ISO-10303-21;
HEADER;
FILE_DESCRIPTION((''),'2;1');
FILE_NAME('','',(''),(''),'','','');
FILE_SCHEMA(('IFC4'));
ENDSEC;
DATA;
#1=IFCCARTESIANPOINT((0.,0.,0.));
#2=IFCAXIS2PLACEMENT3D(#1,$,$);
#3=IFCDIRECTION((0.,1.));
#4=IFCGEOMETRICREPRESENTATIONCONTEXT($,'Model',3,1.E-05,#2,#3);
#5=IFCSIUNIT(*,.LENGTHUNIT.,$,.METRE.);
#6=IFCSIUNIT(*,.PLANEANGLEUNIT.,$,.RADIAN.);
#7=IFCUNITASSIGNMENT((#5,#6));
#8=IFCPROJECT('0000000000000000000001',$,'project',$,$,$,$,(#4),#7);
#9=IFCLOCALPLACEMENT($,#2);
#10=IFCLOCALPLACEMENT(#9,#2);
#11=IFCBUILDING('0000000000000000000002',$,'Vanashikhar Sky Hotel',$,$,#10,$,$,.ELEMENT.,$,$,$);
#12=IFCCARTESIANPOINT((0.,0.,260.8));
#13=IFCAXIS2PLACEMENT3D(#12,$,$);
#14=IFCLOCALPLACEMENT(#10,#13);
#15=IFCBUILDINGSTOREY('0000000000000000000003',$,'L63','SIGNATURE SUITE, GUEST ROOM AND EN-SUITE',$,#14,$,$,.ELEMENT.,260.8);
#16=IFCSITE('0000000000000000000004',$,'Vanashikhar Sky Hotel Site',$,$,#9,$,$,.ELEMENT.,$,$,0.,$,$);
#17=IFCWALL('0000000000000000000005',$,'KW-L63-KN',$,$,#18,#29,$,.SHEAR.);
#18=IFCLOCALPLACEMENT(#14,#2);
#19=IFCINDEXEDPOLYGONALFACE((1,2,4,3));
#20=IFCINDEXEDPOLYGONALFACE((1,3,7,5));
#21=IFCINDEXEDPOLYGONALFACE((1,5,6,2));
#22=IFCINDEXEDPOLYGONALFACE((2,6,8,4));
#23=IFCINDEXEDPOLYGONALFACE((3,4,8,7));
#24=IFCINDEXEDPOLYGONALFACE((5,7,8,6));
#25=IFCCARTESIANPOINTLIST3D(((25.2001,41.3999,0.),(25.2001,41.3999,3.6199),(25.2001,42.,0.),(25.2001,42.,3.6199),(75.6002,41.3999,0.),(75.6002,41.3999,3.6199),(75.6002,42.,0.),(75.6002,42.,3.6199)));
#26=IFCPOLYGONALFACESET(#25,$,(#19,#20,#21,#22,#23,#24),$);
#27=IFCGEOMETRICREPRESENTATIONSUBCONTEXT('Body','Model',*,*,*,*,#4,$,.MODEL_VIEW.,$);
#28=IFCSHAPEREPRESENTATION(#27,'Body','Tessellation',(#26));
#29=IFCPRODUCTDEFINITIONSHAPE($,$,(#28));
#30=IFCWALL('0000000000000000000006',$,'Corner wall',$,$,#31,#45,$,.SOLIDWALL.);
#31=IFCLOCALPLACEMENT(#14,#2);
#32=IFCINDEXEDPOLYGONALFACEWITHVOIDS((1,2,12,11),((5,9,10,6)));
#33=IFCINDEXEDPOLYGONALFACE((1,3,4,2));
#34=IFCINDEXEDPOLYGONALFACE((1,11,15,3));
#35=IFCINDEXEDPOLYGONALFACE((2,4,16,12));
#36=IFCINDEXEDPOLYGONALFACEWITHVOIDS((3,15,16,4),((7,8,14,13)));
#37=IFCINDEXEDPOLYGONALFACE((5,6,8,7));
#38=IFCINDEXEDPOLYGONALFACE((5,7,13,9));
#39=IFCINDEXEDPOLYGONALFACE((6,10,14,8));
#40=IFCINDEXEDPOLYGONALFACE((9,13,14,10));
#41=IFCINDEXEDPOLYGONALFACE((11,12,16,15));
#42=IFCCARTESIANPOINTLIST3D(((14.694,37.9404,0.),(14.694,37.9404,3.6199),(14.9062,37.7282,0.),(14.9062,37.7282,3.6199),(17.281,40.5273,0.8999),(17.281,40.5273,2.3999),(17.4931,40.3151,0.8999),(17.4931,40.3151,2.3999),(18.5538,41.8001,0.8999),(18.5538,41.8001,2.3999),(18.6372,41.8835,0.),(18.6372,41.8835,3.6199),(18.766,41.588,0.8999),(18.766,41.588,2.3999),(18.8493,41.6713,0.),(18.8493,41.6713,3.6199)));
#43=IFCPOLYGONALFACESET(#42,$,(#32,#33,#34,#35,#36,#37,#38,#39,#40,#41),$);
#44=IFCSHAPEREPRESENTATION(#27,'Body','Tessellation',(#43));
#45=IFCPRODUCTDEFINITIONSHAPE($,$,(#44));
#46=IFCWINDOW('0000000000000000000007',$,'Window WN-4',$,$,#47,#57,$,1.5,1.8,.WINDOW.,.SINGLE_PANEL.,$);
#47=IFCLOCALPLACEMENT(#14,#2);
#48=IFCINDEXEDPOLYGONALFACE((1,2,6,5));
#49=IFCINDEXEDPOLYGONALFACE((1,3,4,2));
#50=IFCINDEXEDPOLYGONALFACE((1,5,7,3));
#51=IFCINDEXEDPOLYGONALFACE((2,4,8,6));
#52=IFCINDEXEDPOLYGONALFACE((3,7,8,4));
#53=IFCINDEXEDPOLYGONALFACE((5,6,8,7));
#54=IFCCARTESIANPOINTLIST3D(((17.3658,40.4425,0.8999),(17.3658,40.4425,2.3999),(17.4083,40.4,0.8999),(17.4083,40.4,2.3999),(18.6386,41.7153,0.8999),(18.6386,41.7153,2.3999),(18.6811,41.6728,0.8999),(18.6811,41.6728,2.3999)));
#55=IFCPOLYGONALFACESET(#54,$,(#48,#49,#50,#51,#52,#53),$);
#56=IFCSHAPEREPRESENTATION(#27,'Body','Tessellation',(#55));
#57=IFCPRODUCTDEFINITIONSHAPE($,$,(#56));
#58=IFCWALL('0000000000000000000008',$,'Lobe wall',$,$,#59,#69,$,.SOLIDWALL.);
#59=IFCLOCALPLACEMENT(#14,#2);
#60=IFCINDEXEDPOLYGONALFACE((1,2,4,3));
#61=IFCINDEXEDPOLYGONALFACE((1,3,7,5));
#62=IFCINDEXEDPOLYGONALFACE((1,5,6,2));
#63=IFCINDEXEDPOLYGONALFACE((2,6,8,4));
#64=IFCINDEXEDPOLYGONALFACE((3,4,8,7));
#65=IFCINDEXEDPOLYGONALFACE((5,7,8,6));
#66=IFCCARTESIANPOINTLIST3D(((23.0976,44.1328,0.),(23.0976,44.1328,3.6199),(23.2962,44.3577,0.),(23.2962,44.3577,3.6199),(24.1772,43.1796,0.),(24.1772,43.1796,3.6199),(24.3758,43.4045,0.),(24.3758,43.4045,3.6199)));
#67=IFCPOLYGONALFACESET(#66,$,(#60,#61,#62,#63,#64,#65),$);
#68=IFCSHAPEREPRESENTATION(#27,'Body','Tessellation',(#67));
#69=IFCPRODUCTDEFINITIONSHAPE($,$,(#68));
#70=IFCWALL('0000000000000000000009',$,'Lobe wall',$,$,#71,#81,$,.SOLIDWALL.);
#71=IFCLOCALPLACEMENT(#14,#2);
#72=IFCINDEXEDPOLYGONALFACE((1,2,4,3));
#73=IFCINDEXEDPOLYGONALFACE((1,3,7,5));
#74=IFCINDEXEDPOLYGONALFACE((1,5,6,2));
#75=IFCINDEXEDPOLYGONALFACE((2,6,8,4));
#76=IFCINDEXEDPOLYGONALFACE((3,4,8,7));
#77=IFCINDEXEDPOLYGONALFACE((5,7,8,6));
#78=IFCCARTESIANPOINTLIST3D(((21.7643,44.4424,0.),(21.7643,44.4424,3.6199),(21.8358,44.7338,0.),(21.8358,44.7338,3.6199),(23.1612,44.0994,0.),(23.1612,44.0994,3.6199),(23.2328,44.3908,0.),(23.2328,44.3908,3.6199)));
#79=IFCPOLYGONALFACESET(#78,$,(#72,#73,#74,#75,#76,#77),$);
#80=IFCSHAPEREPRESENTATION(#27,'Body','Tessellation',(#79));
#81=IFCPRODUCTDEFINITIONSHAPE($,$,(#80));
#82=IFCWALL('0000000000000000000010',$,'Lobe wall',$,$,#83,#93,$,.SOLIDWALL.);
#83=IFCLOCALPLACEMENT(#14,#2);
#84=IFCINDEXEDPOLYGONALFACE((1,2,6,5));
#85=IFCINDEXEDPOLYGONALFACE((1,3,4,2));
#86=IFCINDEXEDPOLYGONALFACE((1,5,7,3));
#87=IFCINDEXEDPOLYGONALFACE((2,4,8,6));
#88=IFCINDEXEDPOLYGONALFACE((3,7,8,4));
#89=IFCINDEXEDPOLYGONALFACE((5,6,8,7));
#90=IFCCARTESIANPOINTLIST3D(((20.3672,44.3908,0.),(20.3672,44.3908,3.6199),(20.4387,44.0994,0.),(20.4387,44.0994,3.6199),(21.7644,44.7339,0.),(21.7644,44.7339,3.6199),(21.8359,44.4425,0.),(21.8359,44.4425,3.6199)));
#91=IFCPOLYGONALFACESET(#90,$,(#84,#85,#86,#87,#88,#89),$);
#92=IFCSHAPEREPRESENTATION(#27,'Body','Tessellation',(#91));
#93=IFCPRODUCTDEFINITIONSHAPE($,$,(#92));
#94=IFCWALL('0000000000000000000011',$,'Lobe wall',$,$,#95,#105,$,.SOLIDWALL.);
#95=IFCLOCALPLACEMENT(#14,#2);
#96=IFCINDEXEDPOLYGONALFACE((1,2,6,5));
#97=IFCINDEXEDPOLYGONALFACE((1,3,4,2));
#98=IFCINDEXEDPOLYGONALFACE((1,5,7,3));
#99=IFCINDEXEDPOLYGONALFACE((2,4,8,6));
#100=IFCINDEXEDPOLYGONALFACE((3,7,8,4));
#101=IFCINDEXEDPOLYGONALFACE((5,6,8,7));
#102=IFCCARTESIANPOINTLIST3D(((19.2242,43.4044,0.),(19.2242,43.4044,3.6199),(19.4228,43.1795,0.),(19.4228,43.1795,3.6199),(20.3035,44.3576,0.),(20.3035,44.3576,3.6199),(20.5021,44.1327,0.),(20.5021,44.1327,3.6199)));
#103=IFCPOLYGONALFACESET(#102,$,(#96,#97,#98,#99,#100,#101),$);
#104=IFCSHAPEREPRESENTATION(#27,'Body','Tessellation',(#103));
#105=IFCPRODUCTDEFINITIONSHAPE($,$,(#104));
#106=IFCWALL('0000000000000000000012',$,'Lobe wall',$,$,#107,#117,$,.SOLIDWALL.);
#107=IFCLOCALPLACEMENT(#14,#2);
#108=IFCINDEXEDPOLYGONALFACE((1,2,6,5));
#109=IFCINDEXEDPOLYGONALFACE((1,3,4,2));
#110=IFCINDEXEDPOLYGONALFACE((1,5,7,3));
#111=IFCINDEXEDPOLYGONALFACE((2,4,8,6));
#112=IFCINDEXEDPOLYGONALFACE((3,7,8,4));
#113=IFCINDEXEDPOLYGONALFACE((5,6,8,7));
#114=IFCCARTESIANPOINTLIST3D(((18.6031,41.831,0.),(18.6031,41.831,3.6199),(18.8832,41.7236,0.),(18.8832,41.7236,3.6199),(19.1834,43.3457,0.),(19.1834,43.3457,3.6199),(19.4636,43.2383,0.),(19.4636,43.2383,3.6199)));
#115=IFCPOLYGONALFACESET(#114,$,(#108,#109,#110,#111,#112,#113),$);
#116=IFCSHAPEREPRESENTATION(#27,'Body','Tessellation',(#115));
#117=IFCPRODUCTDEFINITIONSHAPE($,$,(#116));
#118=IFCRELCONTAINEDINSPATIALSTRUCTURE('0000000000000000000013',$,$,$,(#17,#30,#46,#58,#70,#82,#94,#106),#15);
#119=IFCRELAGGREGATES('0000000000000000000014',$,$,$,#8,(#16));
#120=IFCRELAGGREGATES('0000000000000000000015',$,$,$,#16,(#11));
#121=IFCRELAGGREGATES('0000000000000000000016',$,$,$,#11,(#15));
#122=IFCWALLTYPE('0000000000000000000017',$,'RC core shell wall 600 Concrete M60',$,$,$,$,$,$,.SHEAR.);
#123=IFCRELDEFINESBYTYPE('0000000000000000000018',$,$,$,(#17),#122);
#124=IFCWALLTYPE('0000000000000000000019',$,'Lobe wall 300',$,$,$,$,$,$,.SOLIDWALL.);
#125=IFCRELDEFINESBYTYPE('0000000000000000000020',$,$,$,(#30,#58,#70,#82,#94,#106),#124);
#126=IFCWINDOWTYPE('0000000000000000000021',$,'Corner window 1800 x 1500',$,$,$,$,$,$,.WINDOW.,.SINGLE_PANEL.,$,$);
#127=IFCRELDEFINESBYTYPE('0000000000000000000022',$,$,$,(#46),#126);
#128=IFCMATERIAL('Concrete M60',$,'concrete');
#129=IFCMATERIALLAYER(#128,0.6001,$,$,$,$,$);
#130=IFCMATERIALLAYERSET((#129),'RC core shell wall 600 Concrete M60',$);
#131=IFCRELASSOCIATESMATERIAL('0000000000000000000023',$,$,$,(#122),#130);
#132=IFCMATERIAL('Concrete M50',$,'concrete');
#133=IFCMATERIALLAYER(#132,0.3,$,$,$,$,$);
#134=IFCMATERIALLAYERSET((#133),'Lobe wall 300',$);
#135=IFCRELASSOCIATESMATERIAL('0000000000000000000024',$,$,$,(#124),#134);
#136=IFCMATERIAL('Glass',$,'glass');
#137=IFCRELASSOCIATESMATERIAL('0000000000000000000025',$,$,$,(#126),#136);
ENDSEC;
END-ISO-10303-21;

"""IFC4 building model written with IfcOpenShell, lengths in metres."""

from ifc_helpers import new_model, si_unit, direction, frame, frame_2d, origin, place, context, subcontext, project, spatial, rectangle, extrude, source, transform, mapped, material, layer, layer_set, type_object, element, fill, save


model = new_model("IFC4")

# Units and contexts
model_context = context("Model", 3, precision=1e-05, world=origin(), true_north=direction((0.0, 1.0)))
body_context = subcontext(model_context, "Body", "Model", "MODEL_VIEW")
ifc_project = project(units=[si_unit("LENGTHUNIT", "METRE"), si_unit("PLANEANGLEUNIT", "RADIAN")], contexts=[model_context])

# Site, building, storey
site_placement = place(None, origin())
site = spatial("IfcSite", under=ifc_project, at=site_placement, Name="Vanashikhar Sky Hotel Site", CompositionType="ELEMENT", RefElevation=0.0)
building_placement = place(site_placement, origin())
building = spatial("IfcBuilding", under=site, at=building_placement, Name="Vanashikhar Sky Hotel", CompositionType="ELEMENT")
storey_placement = place(building_placement, frame((0.0, 0.0, 260.8)))
storey = spatial("IfcBuildingStorey", under=building, at=storey_placement, Name="L63", Description="SIGNATURE SUITE, GUEST ROOM AND EN-SUITE", CompositionType="ELEMENT", Elevation=260.8)

# Wall
ifc_material_1 = material(Name="Concrete M60", Category="concrete")
ifc_layer_1 = layer(ifc_material_1, 0.6001)
ifc_layer_set_1 = layer_set([ifc_layer_1], Name="RC core shell wall 600 Concrete M60")
wall_type_1 = type_object("IfcWallType", Name="RC core shell wall 600 Concrete M60", PredefinedType="SHEAR", material=ifc_layer_set_1)
shared_shape_1 = source(origin(), body_context, "Body", "SweptSolid", [
    extrude(rectangle(XDim=50.4001, YDim=0.6001, at=frame_2d((25.2002, 0.0))), origin(), (0.0, 0.0, 1.0), 3.6199),
])
wall_1_placement = place(storey_placement, frame((25.2, 41.7, 0.0), z_axis=(0.0, 0.0, 1.0), x_axis=(1.0, 0.0, 0.0)))
element("IfcWall", 1, at=wall_1_placement, inside=storey, type_object=wall_type_1, Name="KW-L63-KN", PredefinedType="SHEAR", context=body_context, shape_type="MappedRepresentation", body=[
    mapped(shared_shape_1, transform((0.0, 0.0, 0.0), scale=1.0)),
])

# Wall, opening, window
ifc_material_2 = material(Name="Concrete M50", Category="concrete")
ifc_layer_2 = layer(ifc_material_2, 0.3)
ifc_layer_set_2 = layer_set([ifc_layer_2], Name="Lobe wall 300")
wall_type_2 = type_object("IfcWallType", Name="Lobe wall 300", PredefinedType="SOLIDWALL", material=ifc_layer_set_2)
shared_shape_2 = source(origin(), body_context, "Body", "SweptSolid", [
    extrude(rectangle(XDim=5.5764, YDim=0.3, at=frame_2d((2.7881, 0.0))), origin(), (0.0, 0.0, 1.0), 3.6199),
])
wall_2_placement = place(storey_placement, frame((18.7432, 41.7773, 0.0), z_axis=(0.0, 0.0, 1.0), x_axis=(-0.707107, -0.707107, 0.0)))
wall_2 = element("IfcWall", 2, at=wall_2_placement, inside=storey, type_object=wall_type_2, Name="Corner wall", PredefinedType="SOLIDWALL", context=body_context, shape_type="MappedRepresentation", body=[
    mapped(shared_shape_2, transform((0.0, 0.0, 0.0), scale=1.0)),
])
shared_shape_3 = source(origin(), body_context, "Body", "SweptSolid", [
    extrude(rectangle(XDim=1.8, YDim=1.5, at=frame_2d((0.8999, 0.75))), frame((0.0, 0.1602, 0.0), z_axis=(0.0, -1.0, 0.0), x_axis=(1.0, 0.0, 0.0)), (0.0, 0.0, 1.0), 0.3201),
])
opening_1_placement = place(wall_2_placement, frame((0.1179, 0.0, 0.8999)))
opening_1 = element("IfcOpeningElement", 3, at=opening_1_placement, cuts=wall_2, PredefinedType="OPENING", context=body_context, shape_type="MappedRepresentation", body=[
    mapped(shared_shape_3, transform((0.0, 0.0, 0.0), scale=1.0)),
])
ifc_material_3 = material(Name="Glass", Category="glass")
window_type_1 = type_object("IfcWindowType", Name="Corner window 1800 x 1500", PartitioningType="SINGLE_PANEL", PredefinedType="WINDOW", material=ifc_material_3)
shared_shape_4 = source(origin(), body_context, "Body", "SweptSolid", [
    extrude(rectangle(XDim=1.8, YDim=1.5, at=frame_2d((0.8999, 0.75))), frame((0.0, 0.03, 0.0), z_axis=(0.0, -1.0, 0.0), x_axis=(1.0, 0.0, 0.0)), (0.0, 0.0, 1.0), 0.0601),
])
window_1_placement = place(opening_1_placement, origin())
window_1 = element("IfcWindow", 4, at=window_1_placement, inside=storey, type_object=window_type_1, Name="Window WN-4", OverallHeight=1.5, OverallWidth=1.8, PartitioningType="SINGLE_PANEL", PredefinedType="WINDOW", context=body_context, shape_type="MappedRepresentation", body=[
    mapped(shared_shape_4, transform((0.0, 0.0, 0.0), scale=1.0)),
])
fill(opening_1, window_1)

# Walls
shared_shape_5 = source(origin(), body_context, "Body", "SweptSolid", [
    extrude(rectangle(XDim=1.4402, YDim=0.3, at=frame_2d((0.7202, 0.0))), origin(), (0.0, 0.0, 1.0), 3.6199),
])
wall_3_placement = place(storey_placement, frame((24.2766, 43.292, 0.0), z_axis=(0.0, 0.0, 1.0), x_axis=(-0.74965, 0.661835, 0.0)))
element("IfcWall", 5, at=wall_3_placement, inside=storey, type_object=wall_type_2, Name="Lobe wall", PredefinedType="SOLIDWALL", context=body_context, shape_type="MappedRepresentation", body=[
    mapped(shared_shape_5, transform((0.0, 0.0, 0.0), scale=1.0)),
])
shared_shape_6 = source(origin(), body_context, "Body", "SweptSolid", [
    extrude(rectangle(XDim=1.4385, YDim=0.3, at=frame_2d((0.7192, 0.0))), origin(), (0.0, 0.0, 1.0), 3.6199),
])
wall_4_placement = place(storey_placement, frame((23.197, 44.2451, 0.0), z_axis=(0.0, 0.0, 1.0), x_axis=(-0.971152, 0.23846, 0.0)))
element("IfcWall", 6, at=wall_4_placement, inside=storey, type_object=wall_type_2, Name="Lobe wall", PredefinedType="SOLIDWALL", context=body_context, shape_type="MappedRepresentation", body=[
    mapped(shared_shape_6, transform((0.0, 0.0, 0.0), scale=1.0)),
])
shared_shape_7 = source(origin(), body_context, "Body", "SweptSolid", [
    extrude(rectangle(XDim=1.4387, YDim=0.3, at=frame_2d((0.7192, 0.0))), origin(), (0.0, 0.0, 1.0), 3.6199),
])
wall_5_placement = place(storey_placement, frame((21.8, 44.5881, 0.0), z_axis=(0.0, 0.0, 1.0), x_axis=(-0.971162, -0.238421, 0.0)))
element("IfcWall", 7, at=wall_5_placement, inside=storey, type_object=wall_type_2, Name="Lobe wall", PredefinedType="SOLIDWALL", context=body_context, shape_type="MappedRepresentation", body=[
    mapped(shared_shape_7, transform((0.0, 0.0, 0.0), scale=1.0)),
])
shared_shape_8 = source(origin(), body_context, "Body", "SweptSolid", [
    extrude(rectangle(XDim=1.4399, YDim=0.3, at=frame_2d((0.72, 0.0))), origin(), (0.0, 0.0, 1.0), 3.6199),
])
wall_6_placement = place(storey_placement, frame((20.4028, 44.2451, 0.0), z_axis=(0.0, 0.0, 1.0), x_axis=(-0.749576, -0.661919, 0.0)))
element("IfcWall", 8, at=wall_6_placement, inside=storey, type_object=wall_type_2, Name="Lobe wall", PredefinedType="SOLIDWALL", context=body_context, shape_type="MappedRepresentation", body=[
    mapped(shared_shape_8, transform((0.0, 0.0, 0.0), scale=1.0)),
])
shared_shape_9 = source(origin(), body_context, "Body", "SweptSolid", [
    extrude(rectangle(XDim=1.6221, YDim=0.3, at=frame_2d((0.811, 0.0))), origin(), (0.0, 0.0, 1.0), 3.6199),
])
wall_7_placement = place(storey_placement, frame((19.3235, 43.292, 0.0), z_axis=(0.0, 0.0, 1.0), x_axis=(-0.357779, -0.933806, 0.0)))
element("IfcWall", 9, at=wall_7_placement, inside=storey, type_object=wall_type_2, Name="Lobe wall", PredefinedType="SOLIDWALL", context=body_context, shape_type="MappedRepresentation", body=[
    mapped(shared_shape_9, transform((0.0, 0.0, 0.0), scale=1.0)),
])

save(model, "model.ifc")
